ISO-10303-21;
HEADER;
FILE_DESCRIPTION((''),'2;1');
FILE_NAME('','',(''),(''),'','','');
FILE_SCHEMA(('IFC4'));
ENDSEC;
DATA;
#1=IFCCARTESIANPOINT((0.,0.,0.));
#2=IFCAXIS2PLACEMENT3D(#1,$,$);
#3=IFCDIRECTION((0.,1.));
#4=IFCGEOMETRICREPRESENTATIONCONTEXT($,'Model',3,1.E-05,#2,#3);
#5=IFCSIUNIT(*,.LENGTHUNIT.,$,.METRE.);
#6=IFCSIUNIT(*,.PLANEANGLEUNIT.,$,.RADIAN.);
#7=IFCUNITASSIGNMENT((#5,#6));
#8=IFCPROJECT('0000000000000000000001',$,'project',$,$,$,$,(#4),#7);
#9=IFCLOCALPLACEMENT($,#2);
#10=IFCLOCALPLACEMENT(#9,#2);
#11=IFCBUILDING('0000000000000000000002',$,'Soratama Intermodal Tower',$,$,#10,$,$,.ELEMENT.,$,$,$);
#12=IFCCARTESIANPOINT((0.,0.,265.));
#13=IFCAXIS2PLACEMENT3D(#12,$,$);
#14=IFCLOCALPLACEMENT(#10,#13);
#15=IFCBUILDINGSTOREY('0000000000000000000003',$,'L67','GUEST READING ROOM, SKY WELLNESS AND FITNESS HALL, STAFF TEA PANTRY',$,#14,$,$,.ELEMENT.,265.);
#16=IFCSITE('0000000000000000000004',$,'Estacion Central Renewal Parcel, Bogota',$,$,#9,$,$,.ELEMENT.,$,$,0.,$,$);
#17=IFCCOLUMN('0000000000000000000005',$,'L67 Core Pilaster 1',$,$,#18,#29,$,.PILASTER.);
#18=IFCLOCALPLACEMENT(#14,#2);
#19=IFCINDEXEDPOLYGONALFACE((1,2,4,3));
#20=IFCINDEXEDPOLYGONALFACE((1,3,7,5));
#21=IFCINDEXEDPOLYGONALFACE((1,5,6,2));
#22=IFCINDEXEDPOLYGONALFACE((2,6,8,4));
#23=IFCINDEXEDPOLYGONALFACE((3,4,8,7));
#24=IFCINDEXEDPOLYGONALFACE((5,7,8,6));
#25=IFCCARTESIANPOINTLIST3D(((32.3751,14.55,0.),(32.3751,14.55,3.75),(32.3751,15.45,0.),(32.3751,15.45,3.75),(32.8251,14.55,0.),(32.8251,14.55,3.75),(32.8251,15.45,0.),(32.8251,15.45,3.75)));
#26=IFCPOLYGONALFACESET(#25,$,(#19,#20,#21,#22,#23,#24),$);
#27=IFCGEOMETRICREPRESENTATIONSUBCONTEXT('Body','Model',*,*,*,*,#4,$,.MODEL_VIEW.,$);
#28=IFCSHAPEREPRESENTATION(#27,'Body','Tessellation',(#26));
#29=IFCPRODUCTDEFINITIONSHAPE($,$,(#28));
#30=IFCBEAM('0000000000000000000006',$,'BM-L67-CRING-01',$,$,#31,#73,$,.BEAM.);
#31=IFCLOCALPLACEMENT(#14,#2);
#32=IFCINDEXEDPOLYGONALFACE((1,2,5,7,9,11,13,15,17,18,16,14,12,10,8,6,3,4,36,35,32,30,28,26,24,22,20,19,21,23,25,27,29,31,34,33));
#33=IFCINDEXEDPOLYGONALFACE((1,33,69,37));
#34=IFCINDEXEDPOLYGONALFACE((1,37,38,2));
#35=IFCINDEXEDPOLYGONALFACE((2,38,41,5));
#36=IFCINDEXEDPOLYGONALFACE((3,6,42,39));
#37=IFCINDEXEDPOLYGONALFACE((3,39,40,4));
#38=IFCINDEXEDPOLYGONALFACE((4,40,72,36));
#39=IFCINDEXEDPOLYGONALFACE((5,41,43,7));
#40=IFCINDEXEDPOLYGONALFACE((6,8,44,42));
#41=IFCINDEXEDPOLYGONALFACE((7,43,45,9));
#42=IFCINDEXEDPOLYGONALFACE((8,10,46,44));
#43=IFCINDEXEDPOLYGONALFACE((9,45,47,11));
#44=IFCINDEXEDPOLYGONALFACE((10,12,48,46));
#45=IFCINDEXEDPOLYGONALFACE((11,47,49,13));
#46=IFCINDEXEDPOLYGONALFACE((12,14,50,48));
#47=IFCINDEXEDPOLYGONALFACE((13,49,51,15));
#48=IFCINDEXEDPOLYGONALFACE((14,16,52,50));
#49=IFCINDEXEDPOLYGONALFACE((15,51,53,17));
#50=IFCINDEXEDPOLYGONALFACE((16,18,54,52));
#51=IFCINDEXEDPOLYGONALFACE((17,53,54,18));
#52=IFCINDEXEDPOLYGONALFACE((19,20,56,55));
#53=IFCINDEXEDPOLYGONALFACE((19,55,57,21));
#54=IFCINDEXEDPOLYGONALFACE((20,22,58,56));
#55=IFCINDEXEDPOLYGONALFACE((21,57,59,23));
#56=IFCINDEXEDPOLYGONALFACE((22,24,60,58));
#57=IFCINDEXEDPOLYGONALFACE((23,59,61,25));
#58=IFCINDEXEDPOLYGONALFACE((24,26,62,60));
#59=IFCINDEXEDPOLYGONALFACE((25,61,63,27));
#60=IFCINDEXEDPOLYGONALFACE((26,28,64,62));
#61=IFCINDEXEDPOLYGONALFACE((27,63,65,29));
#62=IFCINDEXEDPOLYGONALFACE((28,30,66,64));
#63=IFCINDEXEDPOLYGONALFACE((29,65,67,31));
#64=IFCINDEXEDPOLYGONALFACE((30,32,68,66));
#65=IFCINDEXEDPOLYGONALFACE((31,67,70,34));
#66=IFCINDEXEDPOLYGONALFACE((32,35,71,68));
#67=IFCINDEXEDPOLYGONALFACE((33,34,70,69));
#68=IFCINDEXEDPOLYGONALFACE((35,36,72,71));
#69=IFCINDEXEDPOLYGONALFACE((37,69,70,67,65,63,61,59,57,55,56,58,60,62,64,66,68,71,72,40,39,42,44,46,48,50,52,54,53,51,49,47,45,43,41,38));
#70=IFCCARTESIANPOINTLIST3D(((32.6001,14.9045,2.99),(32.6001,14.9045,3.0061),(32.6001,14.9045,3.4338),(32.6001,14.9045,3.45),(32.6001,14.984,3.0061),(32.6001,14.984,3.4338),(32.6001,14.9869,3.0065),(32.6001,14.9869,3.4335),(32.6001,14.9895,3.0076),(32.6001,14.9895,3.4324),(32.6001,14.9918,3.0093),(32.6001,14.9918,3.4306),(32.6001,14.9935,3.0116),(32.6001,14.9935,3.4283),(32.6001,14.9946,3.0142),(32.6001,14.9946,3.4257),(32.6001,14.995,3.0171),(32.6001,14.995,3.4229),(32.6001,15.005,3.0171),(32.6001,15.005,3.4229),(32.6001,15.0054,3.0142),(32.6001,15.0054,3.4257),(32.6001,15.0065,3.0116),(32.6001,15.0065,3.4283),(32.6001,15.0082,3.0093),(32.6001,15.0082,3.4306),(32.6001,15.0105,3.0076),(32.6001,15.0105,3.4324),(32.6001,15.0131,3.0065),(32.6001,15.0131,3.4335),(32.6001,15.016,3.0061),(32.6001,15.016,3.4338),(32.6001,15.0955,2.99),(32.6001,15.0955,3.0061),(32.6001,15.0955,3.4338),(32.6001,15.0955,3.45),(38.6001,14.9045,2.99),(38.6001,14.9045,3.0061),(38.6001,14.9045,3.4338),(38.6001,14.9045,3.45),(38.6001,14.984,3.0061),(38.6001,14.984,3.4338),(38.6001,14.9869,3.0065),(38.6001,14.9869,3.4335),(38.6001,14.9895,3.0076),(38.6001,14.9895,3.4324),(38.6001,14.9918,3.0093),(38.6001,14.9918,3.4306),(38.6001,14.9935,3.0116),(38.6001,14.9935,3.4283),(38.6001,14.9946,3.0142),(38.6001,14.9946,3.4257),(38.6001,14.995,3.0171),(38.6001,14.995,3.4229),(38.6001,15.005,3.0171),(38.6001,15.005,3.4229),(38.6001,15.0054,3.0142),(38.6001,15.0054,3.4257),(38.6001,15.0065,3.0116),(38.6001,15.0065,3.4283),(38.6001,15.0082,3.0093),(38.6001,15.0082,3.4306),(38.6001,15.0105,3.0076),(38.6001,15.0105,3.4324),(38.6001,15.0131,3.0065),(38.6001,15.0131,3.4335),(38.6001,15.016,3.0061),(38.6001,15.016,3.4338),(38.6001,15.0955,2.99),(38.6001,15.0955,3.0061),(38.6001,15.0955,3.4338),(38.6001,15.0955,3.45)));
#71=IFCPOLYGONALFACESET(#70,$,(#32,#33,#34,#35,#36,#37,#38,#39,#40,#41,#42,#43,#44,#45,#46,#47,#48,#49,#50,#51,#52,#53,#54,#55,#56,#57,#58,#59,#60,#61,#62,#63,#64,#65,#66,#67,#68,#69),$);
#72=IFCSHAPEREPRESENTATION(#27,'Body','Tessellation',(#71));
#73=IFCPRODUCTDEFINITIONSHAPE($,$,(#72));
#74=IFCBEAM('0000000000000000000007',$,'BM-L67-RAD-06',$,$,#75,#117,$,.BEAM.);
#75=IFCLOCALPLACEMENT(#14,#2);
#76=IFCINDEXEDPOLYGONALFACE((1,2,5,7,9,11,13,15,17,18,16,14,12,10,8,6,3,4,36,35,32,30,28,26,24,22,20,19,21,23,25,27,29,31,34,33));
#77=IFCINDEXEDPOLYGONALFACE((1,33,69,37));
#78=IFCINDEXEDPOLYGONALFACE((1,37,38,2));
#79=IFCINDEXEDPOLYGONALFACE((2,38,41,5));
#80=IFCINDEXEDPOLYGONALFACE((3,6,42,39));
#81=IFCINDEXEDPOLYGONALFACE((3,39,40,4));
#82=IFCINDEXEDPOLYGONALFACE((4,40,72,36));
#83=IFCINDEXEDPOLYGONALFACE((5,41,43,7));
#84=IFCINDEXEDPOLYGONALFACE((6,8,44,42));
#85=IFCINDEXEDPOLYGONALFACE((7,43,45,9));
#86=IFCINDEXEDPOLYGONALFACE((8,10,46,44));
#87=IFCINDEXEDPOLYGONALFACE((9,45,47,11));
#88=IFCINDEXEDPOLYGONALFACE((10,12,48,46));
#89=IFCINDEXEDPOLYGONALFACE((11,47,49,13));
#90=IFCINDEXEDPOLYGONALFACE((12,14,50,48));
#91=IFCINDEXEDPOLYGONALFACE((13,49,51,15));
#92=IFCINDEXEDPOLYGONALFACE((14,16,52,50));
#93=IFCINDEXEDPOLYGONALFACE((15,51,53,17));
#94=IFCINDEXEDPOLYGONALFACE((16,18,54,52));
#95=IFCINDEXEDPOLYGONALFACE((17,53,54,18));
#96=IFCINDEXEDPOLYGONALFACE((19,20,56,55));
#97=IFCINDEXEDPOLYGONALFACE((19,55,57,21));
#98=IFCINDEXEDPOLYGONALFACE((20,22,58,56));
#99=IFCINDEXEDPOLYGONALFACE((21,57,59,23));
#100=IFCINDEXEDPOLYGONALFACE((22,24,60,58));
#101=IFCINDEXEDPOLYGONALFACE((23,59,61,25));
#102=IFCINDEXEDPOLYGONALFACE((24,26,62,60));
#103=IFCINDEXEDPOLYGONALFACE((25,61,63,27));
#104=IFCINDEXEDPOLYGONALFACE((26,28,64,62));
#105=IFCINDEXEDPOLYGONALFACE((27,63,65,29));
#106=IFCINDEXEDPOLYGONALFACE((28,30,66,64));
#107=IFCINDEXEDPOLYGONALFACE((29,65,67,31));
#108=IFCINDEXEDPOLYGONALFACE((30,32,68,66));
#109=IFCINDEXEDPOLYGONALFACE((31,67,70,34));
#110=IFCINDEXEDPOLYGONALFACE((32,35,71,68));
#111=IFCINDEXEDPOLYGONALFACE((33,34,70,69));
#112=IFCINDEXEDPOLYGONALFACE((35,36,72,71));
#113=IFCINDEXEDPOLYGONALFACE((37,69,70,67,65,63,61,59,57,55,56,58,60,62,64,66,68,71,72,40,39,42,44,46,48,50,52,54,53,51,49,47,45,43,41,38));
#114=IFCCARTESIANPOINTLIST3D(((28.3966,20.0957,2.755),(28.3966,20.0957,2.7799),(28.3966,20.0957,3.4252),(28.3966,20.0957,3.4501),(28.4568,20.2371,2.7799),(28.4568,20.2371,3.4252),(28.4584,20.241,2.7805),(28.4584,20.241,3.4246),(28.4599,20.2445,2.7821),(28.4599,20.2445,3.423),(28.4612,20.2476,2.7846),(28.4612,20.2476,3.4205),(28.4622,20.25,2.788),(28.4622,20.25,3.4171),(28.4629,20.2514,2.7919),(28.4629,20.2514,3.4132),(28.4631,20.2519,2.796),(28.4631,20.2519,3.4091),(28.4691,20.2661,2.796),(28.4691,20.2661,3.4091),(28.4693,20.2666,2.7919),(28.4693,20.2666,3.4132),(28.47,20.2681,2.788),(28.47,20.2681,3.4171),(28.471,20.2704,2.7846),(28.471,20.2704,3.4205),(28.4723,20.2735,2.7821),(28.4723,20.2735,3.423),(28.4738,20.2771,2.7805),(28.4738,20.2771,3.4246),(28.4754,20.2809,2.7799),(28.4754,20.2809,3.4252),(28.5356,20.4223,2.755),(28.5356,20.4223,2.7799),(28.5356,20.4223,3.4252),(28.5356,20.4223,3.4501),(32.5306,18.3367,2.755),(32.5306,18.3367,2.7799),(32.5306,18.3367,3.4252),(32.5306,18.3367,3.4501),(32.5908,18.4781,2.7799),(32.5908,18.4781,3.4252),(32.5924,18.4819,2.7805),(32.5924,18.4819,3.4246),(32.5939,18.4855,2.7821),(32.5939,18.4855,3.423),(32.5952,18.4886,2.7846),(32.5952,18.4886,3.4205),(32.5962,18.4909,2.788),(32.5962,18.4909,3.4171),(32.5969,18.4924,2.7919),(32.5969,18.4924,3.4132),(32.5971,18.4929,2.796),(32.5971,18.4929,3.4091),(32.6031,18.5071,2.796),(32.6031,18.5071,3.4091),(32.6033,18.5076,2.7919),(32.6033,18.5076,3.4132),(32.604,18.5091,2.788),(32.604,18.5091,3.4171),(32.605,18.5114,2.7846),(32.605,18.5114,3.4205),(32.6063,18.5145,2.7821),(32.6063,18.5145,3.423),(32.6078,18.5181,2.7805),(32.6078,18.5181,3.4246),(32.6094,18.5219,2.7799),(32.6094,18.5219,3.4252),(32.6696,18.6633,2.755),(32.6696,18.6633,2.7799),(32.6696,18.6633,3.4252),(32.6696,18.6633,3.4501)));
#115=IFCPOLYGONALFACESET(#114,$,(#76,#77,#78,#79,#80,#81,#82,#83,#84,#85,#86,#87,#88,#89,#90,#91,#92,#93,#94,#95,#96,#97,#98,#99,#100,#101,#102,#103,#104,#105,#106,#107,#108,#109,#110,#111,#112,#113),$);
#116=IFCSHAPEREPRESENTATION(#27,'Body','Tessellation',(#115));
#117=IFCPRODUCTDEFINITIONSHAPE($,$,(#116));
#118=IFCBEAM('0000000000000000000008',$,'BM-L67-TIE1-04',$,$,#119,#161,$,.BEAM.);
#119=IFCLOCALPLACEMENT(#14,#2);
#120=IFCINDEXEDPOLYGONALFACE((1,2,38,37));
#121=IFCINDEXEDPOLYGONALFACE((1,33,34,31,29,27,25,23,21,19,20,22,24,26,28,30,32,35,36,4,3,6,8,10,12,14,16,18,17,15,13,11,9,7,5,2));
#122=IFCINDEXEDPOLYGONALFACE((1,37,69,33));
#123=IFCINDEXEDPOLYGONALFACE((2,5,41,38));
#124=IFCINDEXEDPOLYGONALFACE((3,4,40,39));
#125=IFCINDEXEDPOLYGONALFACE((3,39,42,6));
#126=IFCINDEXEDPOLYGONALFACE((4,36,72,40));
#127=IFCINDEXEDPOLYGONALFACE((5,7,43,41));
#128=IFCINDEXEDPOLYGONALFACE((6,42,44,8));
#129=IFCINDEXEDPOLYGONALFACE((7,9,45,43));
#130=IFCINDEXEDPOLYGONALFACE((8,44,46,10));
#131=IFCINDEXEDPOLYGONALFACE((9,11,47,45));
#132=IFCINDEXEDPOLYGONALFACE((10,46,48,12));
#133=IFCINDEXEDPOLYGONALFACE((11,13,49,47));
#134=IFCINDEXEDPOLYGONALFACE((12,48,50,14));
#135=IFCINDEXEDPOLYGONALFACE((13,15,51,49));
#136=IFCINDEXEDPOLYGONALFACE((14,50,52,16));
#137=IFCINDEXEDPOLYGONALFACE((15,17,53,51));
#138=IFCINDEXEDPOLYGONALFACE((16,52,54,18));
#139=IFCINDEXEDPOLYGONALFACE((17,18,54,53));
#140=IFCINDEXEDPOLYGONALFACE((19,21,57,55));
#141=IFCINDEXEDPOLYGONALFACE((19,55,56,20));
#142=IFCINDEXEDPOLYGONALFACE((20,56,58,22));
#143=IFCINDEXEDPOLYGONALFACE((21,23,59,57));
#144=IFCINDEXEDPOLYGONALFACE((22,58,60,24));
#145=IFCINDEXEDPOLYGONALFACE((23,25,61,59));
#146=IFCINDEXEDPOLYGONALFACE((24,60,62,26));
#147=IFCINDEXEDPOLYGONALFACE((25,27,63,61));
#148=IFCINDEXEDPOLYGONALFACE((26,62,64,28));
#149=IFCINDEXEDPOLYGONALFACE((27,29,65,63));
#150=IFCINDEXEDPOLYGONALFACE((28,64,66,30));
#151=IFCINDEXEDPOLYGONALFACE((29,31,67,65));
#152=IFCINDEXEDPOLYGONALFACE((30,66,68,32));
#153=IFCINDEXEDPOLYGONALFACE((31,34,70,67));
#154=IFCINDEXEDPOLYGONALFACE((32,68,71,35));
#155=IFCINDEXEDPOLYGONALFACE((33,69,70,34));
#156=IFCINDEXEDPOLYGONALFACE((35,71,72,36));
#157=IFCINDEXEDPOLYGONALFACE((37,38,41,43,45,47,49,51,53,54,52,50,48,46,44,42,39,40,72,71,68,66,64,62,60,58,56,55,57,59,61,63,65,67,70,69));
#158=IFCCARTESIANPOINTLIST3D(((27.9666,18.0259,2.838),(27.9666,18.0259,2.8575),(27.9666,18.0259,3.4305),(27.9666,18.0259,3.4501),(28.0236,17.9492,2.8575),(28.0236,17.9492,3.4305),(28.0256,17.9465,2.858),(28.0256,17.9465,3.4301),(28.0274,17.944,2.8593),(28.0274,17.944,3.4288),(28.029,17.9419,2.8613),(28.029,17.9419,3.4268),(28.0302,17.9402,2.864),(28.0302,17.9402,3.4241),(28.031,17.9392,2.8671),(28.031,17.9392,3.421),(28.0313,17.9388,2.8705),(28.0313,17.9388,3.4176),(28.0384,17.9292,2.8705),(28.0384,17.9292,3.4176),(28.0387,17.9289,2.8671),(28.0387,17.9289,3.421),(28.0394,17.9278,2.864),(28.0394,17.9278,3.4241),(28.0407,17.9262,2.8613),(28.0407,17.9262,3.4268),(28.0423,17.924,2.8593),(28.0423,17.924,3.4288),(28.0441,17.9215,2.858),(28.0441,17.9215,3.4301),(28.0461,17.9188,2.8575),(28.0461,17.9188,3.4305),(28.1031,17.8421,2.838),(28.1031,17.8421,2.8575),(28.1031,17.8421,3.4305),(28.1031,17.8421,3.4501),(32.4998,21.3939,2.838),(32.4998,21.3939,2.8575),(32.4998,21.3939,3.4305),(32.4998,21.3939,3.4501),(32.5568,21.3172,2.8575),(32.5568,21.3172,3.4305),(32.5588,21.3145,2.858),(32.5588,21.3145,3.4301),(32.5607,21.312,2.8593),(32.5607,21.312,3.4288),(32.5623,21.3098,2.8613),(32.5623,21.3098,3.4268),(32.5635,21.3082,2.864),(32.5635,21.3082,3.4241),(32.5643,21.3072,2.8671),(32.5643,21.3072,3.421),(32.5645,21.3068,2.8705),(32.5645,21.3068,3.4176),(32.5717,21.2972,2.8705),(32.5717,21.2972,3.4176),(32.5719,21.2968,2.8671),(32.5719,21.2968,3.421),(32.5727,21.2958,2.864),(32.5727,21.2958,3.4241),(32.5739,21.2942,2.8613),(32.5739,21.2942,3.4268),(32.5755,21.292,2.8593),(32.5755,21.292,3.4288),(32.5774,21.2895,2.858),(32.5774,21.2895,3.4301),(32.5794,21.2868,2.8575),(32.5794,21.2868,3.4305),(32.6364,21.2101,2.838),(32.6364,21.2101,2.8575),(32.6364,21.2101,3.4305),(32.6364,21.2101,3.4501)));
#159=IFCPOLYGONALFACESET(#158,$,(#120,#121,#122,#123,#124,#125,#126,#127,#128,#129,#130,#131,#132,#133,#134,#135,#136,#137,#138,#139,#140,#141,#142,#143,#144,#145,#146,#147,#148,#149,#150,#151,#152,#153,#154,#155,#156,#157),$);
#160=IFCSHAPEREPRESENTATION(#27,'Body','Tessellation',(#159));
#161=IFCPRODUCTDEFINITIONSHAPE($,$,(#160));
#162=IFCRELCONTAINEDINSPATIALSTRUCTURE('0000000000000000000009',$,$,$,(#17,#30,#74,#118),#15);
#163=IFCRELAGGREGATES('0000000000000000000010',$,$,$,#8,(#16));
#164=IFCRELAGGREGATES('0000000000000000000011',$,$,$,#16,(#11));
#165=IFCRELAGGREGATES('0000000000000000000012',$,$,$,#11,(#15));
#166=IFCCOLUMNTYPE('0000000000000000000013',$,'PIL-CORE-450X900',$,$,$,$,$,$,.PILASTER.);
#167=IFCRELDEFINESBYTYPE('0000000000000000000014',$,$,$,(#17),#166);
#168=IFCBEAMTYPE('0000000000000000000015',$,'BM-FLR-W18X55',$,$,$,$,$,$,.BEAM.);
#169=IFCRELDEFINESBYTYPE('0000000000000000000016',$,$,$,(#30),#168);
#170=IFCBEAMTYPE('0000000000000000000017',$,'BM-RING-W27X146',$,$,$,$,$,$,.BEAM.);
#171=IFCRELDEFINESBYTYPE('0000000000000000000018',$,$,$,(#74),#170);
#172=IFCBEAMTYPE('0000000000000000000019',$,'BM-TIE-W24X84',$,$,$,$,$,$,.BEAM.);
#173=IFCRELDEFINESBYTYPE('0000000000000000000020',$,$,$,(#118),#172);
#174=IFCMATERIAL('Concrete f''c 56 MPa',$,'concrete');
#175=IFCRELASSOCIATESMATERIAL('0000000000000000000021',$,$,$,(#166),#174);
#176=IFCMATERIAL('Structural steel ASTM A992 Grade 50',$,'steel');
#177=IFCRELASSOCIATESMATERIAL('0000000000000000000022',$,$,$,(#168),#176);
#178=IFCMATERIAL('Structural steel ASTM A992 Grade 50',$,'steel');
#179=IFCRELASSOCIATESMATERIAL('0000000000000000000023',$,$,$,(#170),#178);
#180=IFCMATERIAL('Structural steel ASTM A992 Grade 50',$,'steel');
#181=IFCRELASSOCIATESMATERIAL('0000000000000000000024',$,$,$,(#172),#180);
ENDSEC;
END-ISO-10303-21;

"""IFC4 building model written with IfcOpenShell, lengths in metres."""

from ifc_helpers import new_model, si_unit, direction, frame, origin, origin_2d, place, context, subcontext, project, spatial, rectangle, i_section, extrude, material, material_profile, profile_set, type_object, element, save


model = new_model("IFC4")

# Units and contexts
model_context = context("Model", 3, precision=1e-05, world=origin(), true_north=direction((0.0, 1.0)))
body_context = subcontext(model_context, "Body", "Model", "MODEL_VIEW")
ifc_project = project(units=[si_unit("LENGTHUNIT", "METRE"), si_unit("PLANEANGLEUNIT", "RADIAN")], contexts=[model_context])

# Site, building, storey
site_placement = place(None, origin())
site = spatial("IfcSite", under=ifc_project, at=site_placement, Name="Estacion Central Renewal Parcel, Bogota", CompositionType="ELEMENT", RefElevation=0.0)
building_placement = place(site_placement, origin())
building = spatial("IfcBuilding", under=site, at=building_placement, Name="Soratama Intermodal Tower", CompositionType="ELEMENT")
storey_placement = place(building_placement, frame((0.0, 0.0, 265.0)))
storey = spatial("IfcBuildingStorey", under=building, at=storey_placement, Name="L67", Description="GUEST READING ROOM, SKY WELLNESS AND FITNESS HALL, STAFF TEA PANTRY", CompositionType="ELEMENT", Elevation=265.0)

# Column
ifc_material_1 = material(Name="Concrete f'c 56 MPa", Category="concrete")
ifc_material_profile_1 = material_profile(ifc_material_1, rectangle(XDim=0.45, YDim=0.8999, at=origin_2d()), Name="RC450X900")
ifc_profile_set_1 = profile_set([ifc_material_profile_1], Name="Concrete f'c 56 MPa")
column_type = type_object("IfcColumnType", Name="PIL-CORE-450X900", PredefinedType="PILASTER", material=ifc_profile_set_1)
column_placement = place(storey_placement, frame((32.6001, 15.0, 0.0), z_axis=(0.0, 0.0, 1.0), x_axis=(1.0, 0.0, 0.0)))
element("IfcColumn", 1, at=column_placement, inside=storey, type_object=column_type, Name="L67 Core Pilaster 1", PredefinedType="PILASTER", context=body_context, shape_type="SweptSolid", body=[
    extrude(rectangle(XDim=0.45, YDim=0.8999, at=origin_2d()), origin(), (0.0, 0.0, 1.0), 3.75),
])

# Beams
ifc_material_2 = material(Name="Structural steel ASTM A992 Grade 50", Category="steel")
ifc_material_profile_2 = material_profile(ifc_material_2, i_section(OverallWidth=0.1909, OverallDepth=0.46, WebThickness=0.01, FlangeThickness=0.0161, FilletRadius=0.011, at=origin_2d()), Name="W18X55")
ifc_profile_set_2 = profile_set([ifc_material_profile_2], Name="Structural steel ASTM A992 Grade 50")
beam_type_1 = type_object("IfcBeamType", Name="BM-FLR-W18X55", PredefinedType="BEAM", material=ifc_profile_set_2)
beam_1_placement = place(storey_placement, frame((32.6001, 15.0, 3.22), z_axis=(1.0, 0.0, 0.0), x_axis=(0.0, 1.0, 0.0)))
element("IfcBeam", 2, at=beam_1_placement, inside=storey, type_object=beam_type_1, Name="BM-L67-CRING-01", PredefinedType="BEAM", context=body_context, shape_type="SweptSolid", body=[
    extrude(i_section(OverallWidth=0.1909, OverallDepth=0.46, WebThickness=0.01, FlangeThickness=0.0161, FilletRadius=0.011, at=origin_2d()), origin(), (0.0, 0.0, 1.0), 6.0),
])
ifc_material_3 = material(Name="Structural steel ASTM A992 Grade 50", Category="steel")
ifc_material_profile_3 = material_profile(ifc_material_3, i_section(OverallWidth=0.355, OverallDepth=0.6951, WebThickness=0.0154, FlangeThickness=0.0249, FilletRadius=0.0161, at=origin_2d()), Name="W27X146")
ifc_profile_set_3 = profile_set([ifc_material_profile_3], Name="Structural steel ASTM A992 Grade 50")
beam_type_2 = type_object("IfcBeamType", Name="BM-RING-W27X146", PredefinedType="BEAM", material=ifc_profile_set_3)
beam_2_placement = place(storey_placement, frame((32.6001, 18.5, 3.1025), z_axis=(-0.920165, 0.391531, 0.0), x_axis=(-0.391531, -0.920165, 0.0)))
element("IfcBeam", 3, at=beam_2_placement, inside=storey, type_object=beam_type_2, Name="BM-L67-RAD-06", PredefinedType="BEAM", context=body_context, shape_type="SweptSolid", body=[
    extrude(i_section(OverallWidth=0.355, OverallDepth=0.6951, WebThickness=0.0154, FlangeThickness=0.0249, FilletRadius=0.0161, at=origin_2d()), origin(), (0.0, 0.0, 1.0), 4.4927),
])
ifc_material_4 = material(Name="Structural steel ASTM A992 Grade 50", Category="steel")
ifc_material_profile_4 = material_profile(ifc_material_4, i_section(OverallWidth=0.229, OverallDepth=0.6121, WebThickness=0.012, FlangeThickness=0.0195, FilletRadius=0.0129, at=origin_2d()), Name="W24X84")
ifc_profile_set_4 = profile_set([ifc_material_profile_4], Name="Structural steel ASTM A992 Grade 50")
beam_type_3 = type_object("IfcBeamType", Name="BM-TIE-W24X84", PredefinedType="BEAM", material=ifc_profile_set_4)
beam_3_placement = place(storey_placement, frame((32.5681, 21.302, 3.144), z_axis=(-0.80271, -0.596369, 0.0), x_axis=(0.596369, -0.80271, 0.0)))
element("IfcBeam", 4, at=beam_3_placement, inside=storey, type_object=beam_type_3, Name="BM-L67-TIE1-04", PredefinedType="BEAM", context=body_context, shape_type="SweptSolid", body=[
    extrude(i_section(OverallWidth=0.229, OverallDepth=0.6121, WebThickness=0.012, FlangeThickness=0.0195, FilletRadius=0.0129, at=origin_2d()), origin(), (0.0, 0.0, 1.0), 5.6475),
])

save(model, "model.ifc")
